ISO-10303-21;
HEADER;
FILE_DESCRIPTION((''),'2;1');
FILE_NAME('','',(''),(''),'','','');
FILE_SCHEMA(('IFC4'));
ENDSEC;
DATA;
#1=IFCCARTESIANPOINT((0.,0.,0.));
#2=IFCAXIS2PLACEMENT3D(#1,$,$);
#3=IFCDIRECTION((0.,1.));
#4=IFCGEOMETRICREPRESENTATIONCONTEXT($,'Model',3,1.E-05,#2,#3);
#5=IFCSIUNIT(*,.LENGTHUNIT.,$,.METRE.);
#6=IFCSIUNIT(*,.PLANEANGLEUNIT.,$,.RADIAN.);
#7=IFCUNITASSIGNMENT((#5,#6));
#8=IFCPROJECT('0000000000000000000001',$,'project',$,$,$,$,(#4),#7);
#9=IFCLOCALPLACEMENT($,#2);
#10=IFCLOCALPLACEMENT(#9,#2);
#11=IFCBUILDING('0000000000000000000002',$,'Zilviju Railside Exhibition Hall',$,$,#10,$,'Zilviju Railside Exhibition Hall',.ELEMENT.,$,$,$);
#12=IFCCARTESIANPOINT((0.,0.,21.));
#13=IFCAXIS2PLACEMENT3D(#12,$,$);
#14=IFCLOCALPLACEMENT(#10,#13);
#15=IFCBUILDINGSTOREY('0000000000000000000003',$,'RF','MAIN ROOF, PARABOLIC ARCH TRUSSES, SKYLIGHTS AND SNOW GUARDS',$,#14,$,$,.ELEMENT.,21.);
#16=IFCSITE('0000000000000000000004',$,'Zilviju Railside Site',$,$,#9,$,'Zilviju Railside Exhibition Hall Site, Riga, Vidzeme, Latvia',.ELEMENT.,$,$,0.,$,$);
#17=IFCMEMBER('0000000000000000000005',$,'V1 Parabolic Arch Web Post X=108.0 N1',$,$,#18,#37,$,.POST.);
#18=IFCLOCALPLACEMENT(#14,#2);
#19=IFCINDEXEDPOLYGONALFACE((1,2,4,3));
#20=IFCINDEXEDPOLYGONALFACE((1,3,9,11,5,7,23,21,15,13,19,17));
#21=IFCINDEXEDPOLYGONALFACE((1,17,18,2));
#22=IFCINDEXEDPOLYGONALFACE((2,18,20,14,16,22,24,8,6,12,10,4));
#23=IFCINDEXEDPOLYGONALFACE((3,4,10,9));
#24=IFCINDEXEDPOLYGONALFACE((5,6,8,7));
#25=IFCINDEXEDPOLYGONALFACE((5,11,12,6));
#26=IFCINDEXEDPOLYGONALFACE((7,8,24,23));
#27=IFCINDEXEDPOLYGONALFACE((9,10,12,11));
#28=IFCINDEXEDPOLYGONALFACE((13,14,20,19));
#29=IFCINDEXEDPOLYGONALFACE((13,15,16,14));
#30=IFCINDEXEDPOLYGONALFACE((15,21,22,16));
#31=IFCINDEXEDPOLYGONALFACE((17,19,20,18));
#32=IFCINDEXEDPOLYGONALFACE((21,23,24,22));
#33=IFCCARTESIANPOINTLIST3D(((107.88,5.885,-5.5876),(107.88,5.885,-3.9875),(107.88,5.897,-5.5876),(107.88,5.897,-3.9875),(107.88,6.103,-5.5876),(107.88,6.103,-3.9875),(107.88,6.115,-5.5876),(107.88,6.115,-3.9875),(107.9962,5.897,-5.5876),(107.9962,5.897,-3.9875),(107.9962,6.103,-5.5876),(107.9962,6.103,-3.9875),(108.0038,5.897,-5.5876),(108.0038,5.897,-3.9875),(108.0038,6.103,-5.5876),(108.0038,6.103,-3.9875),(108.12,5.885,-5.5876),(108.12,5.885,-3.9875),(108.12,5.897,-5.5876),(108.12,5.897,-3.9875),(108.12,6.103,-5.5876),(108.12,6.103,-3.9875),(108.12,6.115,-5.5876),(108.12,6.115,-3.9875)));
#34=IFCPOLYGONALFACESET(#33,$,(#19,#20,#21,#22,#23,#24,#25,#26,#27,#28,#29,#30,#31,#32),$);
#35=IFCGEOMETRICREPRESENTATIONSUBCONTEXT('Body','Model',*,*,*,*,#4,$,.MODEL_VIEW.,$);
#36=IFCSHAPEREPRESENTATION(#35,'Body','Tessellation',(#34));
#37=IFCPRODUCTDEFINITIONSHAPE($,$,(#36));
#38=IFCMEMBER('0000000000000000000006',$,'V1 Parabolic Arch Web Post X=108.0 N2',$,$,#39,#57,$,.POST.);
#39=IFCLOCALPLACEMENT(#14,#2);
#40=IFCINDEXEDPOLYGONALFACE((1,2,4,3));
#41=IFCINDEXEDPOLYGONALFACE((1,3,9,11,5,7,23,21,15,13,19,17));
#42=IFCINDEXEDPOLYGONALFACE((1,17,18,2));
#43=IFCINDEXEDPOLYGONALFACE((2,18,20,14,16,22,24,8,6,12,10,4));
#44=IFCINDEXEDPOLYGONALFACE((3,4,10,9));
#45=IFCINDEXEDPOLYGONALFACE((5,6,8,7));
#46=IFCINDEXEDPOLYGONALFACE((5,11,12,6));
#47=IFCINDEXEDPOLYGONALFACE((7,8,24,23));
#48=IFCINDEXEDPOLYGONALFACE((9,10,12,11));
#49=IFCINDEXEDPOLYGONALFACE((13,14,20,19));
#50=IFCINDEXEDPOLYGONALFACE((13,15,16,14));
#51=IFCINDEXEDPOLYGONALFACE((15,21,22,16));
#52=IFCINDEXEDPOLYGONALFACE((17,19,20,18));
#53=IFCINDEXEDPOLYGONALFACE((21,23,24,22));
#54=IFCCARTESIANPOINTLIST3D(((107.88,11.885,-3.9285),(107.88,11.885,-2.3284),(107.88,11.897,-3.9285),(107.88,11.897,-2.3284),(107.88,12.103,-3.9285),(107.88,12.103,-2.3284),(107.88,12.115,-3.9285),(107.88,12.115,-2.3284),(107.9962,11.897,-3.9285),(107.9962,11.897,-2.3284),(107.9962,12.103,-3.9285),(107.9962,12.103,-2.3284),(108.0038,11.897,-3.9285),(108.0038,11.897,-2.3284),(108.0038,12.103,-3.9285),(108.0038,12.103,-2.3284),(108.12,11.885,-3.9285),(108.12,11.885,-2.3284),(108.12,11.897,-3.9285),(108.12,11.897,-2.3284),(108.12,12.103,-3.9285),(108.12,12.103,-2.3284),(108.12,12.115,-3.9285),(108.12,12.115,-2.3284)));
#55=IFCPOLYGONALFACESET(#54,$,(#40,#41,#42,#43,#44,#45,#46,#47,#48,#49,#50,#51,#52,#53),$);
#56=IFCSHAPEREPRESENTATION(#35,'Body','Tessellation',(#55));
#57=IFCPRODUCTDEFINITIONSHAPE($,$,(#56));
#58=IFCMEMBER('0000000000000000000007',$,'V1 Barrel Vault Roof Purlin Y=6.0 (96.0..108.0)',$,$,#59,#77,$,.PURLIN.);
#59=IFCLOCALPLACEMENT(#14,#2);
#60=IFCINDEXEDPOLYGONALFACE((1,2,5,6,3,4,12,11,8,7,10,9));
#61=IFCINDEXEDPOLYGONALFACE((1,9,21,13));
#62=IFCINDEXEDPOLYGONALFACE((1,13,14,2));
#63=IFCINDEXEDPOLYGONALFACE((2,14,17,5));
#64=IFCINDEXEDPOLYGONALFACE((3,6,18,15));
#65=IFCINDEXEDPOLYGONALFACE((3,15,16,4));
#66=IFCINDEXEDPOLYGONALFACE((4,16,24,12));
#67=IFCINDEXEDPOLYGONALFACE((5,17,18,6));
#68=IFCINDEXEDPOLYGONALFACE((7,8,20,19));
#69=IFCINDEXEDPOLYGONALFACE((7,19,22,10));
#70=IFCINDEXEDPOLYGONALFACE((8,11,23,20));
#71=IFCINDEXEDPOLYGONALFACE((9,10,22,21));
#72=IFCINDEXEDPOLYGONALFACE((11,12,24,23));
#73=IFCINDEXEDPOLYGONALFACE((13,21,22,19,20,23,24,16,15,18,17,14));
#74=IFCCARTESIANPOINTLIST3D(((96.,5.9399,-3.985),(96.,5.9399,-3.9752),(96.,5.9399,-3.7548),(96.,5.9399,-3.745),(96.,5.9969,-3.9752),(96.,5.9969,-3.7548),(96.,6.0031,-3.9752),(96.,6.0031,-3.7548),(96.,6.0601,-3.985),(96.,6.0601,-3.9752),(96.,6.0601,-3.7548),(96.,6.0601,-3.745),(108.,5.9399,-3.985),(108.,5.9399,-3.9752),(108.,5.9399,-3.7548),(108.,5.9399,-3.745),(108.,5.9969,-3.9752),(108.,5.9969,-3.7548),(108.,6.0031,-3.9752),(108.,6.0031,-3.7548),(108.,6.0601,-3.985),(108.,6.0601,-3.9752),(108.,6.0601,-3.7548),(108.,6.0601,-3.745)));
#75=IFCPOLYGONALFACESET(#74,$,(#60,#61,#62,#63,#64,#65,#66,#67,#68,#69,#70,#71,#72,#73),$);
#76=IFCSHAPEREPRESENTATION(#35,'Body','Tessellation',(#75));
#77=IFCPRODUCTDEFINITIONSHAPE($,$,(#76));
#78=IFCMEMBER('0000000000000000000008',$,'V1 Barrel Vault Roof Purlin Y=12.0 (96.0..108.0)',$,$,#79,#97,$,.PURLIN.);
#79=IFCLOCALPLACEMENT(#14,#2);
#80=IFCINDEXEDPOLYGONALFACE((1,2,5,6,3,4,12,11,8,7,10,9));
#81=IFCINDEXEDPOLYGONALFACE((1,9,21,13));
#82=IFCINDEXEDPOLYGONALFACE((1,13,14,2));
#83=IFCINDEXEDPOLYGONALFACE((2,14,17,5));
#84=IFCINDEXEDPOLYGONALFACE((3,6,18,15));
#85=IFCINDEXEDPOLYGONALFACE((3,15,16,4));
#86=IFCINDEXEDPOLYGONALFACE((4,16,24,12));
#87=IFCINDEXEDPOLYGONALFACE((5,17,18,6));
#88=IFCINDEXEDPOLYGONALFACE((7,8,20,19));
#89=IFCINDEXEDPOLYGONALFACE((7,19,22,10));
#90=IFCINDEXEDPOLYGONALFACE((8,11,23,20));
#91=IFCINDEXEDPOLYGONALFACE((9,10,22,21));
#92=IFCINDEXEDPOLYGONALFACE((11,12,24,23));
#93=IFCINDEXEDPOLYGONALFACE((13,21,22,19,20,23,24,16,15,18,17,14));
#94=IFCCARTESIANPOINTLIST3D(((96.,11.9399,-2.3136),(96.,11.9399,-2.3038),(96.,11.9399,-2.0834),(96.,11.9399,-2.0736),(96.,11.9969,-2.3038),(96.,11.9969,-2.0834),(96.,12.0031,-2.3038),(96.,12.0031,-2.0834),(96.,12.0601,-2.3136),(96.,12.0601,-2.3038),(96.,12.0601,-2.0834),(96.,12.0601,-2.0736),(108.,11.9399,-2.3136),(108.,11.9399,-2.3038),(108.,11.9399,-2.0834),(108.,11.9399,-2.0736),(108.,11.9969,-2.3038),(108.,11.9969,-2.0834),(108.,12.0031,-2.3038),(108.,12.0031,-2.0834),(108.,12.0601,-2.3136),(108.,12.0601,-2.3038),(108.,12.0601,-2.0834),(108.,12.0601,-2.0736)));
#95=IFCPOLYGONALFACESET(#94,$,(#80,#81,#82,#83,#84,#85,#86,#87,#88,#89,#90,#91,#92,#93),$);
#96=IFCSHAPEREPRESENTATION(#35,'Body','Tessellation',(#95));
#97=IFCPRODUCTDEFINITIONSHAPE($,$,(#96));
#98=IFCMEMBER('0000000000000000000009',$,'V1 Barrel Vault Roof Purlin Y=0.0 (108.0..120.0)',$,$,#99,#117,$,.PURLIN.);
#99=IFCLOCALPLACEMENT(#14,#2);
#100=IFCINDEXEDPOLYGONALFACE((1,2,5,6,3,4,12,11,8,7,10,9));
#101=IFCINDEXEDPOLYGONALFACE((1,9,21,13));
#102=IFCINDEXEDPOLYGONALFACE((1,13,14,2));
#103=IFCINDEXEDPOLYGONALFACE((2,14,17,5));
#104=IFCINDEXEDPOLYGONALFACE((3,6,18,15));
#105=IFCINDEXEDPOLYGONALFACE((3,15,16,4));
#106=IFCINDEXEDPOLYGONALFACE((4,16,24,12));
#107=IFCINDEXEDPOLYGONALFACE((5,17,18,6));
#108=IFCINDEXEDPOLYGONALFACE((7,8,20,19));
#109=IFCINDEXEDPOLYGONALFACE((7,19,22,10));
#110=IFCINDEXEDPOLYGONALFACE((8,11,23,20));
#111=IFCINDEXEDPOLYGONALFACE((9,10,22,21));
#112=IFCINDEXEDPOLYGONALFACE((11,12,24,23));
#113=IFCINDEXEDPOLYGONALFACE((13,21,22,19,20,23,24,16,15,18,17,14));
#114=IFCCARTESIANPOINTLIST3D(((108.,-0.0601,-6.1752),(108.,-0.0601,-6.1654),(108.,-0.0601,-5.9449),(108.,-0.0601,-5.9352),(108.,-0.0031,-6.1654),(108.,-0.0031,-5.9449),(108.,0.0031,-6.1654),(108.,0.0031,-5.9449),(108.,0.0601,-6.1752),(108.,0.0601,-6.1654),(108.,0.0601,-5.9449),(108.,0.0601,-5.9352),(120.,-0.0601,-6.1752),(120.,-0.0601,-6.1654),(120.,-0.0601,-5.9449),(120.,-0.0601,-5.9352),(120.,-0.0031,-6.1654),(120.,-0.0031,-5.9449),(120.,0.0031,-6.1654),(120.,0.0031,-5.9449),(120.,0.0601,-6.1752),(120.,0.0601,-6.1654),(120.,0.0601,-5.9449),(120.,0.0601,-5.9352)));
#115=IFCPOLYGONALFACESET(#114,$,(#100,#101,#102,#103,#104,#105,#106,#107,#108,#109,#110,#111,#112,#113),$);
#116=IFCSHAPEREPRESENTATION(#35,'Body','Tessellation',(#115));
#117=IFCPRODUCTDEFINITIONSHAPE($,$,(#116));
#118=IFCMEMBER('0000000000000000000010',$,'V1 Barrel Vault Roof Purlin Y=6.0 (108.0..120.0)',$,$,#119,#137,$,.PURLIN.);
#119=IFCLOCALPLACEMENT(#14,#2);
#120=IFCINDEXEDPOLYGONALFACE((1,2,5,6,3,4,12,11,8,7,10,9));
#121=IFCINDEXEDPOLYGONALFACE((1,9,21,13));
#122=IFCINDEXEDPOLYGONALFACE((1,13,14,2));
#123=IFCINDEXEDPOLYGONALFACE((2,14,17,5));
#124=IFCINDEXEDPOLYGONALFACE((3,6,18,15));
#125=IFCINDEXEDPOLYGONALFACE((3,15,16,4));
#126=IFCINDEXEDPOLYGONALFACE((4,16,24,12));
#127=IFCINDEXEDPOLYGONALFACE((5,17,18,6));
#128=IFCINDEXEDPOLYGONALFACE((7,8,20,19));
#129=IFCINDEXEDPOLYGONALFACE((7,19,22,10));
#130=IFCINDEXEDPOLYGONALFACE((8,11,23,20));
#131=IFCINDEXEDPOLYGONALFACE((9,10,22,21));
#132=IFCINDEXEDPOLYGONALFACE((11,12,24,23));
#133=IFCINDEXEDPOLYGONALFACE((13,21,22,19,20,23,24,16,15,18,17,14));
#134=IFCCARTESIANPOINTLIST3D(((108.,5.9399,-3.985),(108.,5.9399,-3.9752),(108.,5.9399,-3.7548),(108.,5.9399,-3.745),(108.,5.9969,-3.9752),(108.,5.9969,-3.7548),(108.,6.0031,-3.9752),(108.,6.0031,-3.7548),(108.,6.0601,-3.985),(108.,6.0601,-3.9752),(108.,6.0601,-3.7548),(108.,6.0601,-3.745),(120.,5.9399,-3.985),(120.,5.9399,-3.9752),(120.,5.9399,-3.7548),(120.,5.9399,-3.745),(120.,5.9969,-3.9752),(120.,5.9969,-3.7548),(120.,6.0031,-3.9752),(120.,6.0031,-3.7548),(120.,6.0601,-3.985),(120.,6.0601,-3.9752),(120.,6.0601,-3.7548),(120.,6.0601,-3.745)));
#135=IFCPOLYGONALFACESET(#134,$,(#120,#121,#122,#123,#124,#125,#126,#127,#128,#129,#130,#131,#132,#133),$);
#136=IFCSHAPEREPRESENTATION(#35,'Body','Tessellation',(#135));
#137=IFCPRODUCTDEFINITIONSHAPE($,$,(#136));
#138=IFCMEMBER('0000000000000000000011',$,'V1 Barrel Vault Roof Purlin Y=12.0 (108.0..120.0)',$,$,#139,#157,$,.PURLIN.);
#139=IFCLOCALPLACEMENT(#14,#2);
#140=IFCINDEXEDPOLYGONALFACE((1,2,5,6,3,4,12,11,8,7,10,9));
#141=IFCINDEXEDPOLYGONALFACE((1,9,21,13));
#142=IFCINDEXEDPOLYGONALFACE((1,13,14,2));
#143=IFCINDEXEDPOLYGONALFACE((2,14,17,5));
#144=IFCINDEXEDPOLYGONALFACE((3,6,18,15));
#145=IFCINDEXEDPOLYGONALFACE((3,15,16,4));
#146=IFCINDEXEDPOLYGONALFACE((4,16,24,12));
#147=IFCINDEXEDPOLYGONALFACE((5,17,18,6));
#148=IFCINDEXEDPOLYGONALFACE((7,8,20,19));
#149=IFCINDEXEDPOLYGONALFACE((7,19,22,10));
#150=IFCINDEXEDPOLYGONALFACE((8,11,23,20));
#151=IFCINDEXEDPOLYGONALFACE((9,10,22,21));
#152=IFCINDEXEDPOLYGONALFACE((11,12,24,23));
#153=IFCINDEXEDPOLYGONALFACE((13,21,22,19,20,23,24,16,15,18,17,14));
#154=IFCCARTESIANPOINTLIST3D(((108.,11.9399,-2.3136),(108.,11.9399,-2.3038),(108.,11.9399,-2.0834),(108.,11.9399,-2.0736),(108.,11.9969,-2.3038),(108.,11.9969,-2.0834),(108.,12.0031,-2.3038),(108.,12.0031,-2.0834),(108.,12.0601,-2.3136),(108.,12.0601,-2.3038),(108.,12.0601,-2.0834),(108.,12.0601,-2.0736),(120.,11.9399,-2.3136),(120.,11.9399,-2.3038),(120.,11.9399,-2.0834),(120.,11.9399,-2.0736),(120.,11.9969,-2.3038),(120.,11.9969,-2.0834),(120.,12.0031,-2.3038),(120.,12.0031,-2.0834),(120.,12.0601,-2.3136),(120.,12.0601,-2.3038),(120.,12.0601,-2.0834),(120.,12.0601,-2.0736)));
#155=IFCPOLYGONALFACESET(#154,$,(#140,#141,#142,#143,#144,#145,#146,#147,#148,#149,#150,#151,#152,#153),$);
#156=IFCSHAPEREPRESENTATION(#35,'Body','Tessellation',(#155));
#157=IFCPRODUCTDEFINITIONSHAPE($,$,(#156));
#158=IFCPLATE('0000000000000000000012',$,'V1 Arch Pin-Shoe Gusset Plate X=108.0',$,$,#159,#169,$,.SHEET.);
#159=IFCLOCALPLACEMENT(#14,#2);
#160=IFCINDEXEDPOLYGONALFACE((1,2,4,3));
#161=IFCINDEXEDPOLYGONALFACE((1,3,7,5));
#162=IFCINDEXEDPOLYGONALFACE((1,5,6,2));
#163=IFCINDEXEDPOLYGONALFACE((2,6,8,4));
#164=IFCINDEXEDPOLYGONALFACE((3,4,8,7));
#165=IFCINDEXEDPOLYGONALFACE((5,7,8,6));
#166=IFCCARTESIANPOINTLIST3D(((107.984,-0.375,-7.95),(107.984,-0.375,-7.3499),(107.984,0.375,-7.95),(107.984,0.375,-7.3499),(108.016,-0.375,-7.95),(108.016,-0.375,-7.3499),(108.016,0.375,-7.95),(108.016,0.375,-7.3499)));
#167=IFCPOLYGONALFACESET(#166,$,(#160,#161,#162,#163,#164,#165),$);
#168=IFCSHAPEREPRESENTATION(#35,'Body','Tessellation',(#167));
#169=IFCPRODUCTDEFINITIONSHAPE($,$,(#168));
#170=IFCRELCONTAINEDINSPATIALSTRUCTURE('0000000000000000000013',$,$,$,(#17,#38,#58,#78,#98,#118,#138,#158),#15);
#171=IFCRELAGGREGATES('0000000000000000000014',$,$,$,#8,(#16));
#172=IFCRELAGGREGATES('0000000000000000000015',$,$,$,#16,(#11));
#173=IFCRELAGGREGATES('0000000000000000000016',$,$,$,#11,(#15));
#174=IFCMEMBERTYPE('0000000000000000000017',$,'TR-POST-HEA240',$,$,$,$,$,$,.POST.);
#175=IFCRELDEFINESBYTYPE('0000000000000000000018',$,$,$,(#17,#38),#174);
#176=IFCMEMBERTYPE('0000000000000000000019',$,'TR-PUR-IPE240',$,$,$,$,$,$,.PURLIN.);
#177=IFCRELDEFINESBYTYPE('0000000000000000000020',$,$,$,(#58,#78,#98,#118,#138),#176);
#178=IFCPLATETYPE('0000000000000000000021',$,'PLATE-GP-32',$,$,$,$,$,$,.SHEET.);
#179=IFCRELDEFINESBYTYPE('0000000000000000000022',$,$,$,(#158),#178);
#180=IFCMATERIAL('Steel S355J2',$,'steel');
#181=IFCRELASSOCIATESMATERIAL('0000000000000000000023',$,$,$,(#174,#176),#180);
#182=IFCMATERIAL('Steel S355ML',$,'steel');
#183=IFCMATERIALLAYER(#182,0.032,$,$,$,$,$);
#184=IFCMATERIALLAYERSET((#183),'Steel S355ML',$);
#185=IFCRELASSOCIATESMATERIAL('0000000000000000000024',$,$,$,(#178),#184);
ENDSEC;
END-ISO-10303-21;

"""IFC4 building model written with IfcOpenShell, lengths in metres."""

from ifc_helpers import new_model, si_unit, direction, frame, origin, origin_2d, place, context, subcontext, project, spatial, rectangle, i_section, extrude, material, layer, layer_set, material_profile, profile_set, type_object, element, save


model = new_model("IFC4")

# Units and contexts
model_context = context("Model", 3, precision=1e-05, world=origin(), true_north=direction((0.0, 1.0)))
body_context = subcontext(model_context, "Body", "Model", "MODEL_VIEW")
ifc_project = project(units=[si_unit("LENGTHUNIT", "METRE"), si_unit("PLANEANGLEUNIT", "RADIAN")], contexts=[model_context])

# Site, building, storey
site_placement = place(None, origin())
site = spatial("IfcSite", under=ifc_project, at=site_placement, Name="Zilviju Railside Site", LongName="Zilviju Railside Exhibition Hall Site, Riga, Vidzeme, Latvia", CompositionType="ELEMENT", RefElevation=0.0)
building_placement = place(site_placement, origin())
building = spatial("IfcBuilding", under=site, at=building_placement, Name="Zilviju Railside Exhibition Hall", LongName="Zilviju Railside Exhibition Hall", CompositionType="ELEMENT")
storey_placement = place(building_placement, frame((0.0, 0.0, 21.0)))
storey = spatial("IfcBuildingStorey", under=building, at=storey_placement, Name="RF", Description="MAIN ROOF, PARABOLIC ARCH TRUSSES, SKYLIGHTS AND SNOW GUARDS", CompositionType="ELEMENT", Elevation=21.0)

# Members
ifc_material_1 = material(Name="Steel S355J2", Category="steel")
ifc_material_profile_1 = material_profile(ifc_material_1, i_section(OverallWidth=0.24, OverallDepth=0.23, WebThickness=0.0076, FlangeThickness=0.012, at=origin_2d()), Name="HEA 240")
ifc_profile_set_1 = profile_set([ifc_material_profile_1], Name="Steel S355J2")
member_type_1 = type_object("IfcMemberType", Name="TR-POST-HEA240", PredefinedType="POST", material=ifc_profile_set_1)
for number, where, z_axis, x_axis, name in (
    (1, (108.0, 6.0, -5.5876), (0.0, 0.0, 1.0), (1.0, 0.0, 0.0), "V1 Parabolic Arch Web Post X=108.0 N1"),
    (2, (108.0, 12.0, -3.9285), (0.0, 0.0, 1.0), (1.0, 0.0, 0.0), "V1 Parabolic Arch Web Post X=108.0 N2"),
):
    element("IfcMember", number, at=place(storey_placement, frame(where, z_axis=z_axis, x_axis=x_axis)), inside=storey, type_object=member_type_1, Name=name, PredefinedType="POST", context=body_context, shape_type="SweptSolid", body=[
        extrude(i_section(OverallWidth=0.24, OverallDepth=0.23, WebThickness=0.0076, FlangeThickness=0.012, at=origin_2d()), origin(), (0.0, 0.0, 1.0), 1.6001),
    ])
ifc_material_profile_2 = material_profile(ifc_material_1, i_section(OverallWidth=0.1201, OverallDepth=0.24, WebThickness=0.0061, FlangeThickness=0.0098, at=origin_2d()), Name="IPE 240")
ifc_profile_set_2 = profile_set([ifc_material_profile_2], Name="Steel S355J2")
member_type_2 = type_object("IfcMemberType", Name="TR-PUR-IPE240", PredefinedType="PURLIN", material=ifc_profile_set_2)
for number, where, z_axis, x_axis, name in (
    (3, (96.0, 6.0, -3.865), (1.0, 0.0, 0.0), (0.0, 1.0, 0.0), "V1 Barrel Vault Roof Purlin Y=6.0 (96.0..108.0)"),
    (4, (96.0, 12.0, -2.1936), (1.0, 0.0, 0.0), (0.0, 1.0, 0.0), "V1 Barrel Vault Roof Purlin Y=12.0 (96.0..108.0)"),
    (5, (108.0, 0.0, -6.0552), (1.0, 0.0, 0.0), (0.0, 1.0, 0.0), "V1 Barrel Vault Roof Purlin Y=0.0 (108.0..120.0)"),
    (6, (108.0, 6.0, -3.865), (1.0, 0.0, 0.0), (0.0, 1.0, 0.0), "V1 Barrel Vault Roof Purlin Y=6.0 (108.0..120.0)"),
    (7, (108.0, 12.0, -2.1936), (1.0, 0.0, 0.0), (0.0, 1.0, 0.0), "V1 Barrel Vault Roof Purlin Y=12.0 (108.0..120.0)"),
):
    element("IfcMember", number, at=place(storey_placement, frame(where, z_axis=z_axis, x_axis=x_axis)), inside=storey, type_object=member_type_2, Name=name, PredefinedType="PURLIN", context=body_context, shape_type="SweptSolid", body=[
        extrude(i_section(OverallWidth=0.1201, OverallDepth=0.24, WebThickness=0.0061, FlangeThickness=0.0098, at=origin_2d()), origin(), (0.0, 0.0, 1.0), 12.0),
    ])

# Plate
ifc_material_2 = material(Name="Steel S355ML", Category="steel")
ifc_layer = layer(ifc_material_2, 0.032)
ifc_layer_set = layer_set([ifc_layer], Name="Steel S355ML")
plate_type = type_object("IfcPlateType", Name="PLATE-GP-32", PredefinedType="SHEET", material=ifc_layer_set)
plate_placement = place(storey_placement, frame((108.0, 0.0, -7.95), z_axis=(0.0, 0.0, 1.0), x_axis=(1.0, 0.0, 0.0)))
element("IfcPlate", 8, at=plate_placement, inside=storey, type_object=plate_type, Name="V1 Arch Pin-Shoe Gusset Plate X=108.0", PredefinedType="SHEET", context=body_context, shape_type="SweptSolid", body=[
    extrude(rectangle(XDim=0.032, YDim=0.75, at=origin_2d()), origin(), (0.0, 0.0, 1.0), 0.6001),
])

save(model, "model.ifc")
